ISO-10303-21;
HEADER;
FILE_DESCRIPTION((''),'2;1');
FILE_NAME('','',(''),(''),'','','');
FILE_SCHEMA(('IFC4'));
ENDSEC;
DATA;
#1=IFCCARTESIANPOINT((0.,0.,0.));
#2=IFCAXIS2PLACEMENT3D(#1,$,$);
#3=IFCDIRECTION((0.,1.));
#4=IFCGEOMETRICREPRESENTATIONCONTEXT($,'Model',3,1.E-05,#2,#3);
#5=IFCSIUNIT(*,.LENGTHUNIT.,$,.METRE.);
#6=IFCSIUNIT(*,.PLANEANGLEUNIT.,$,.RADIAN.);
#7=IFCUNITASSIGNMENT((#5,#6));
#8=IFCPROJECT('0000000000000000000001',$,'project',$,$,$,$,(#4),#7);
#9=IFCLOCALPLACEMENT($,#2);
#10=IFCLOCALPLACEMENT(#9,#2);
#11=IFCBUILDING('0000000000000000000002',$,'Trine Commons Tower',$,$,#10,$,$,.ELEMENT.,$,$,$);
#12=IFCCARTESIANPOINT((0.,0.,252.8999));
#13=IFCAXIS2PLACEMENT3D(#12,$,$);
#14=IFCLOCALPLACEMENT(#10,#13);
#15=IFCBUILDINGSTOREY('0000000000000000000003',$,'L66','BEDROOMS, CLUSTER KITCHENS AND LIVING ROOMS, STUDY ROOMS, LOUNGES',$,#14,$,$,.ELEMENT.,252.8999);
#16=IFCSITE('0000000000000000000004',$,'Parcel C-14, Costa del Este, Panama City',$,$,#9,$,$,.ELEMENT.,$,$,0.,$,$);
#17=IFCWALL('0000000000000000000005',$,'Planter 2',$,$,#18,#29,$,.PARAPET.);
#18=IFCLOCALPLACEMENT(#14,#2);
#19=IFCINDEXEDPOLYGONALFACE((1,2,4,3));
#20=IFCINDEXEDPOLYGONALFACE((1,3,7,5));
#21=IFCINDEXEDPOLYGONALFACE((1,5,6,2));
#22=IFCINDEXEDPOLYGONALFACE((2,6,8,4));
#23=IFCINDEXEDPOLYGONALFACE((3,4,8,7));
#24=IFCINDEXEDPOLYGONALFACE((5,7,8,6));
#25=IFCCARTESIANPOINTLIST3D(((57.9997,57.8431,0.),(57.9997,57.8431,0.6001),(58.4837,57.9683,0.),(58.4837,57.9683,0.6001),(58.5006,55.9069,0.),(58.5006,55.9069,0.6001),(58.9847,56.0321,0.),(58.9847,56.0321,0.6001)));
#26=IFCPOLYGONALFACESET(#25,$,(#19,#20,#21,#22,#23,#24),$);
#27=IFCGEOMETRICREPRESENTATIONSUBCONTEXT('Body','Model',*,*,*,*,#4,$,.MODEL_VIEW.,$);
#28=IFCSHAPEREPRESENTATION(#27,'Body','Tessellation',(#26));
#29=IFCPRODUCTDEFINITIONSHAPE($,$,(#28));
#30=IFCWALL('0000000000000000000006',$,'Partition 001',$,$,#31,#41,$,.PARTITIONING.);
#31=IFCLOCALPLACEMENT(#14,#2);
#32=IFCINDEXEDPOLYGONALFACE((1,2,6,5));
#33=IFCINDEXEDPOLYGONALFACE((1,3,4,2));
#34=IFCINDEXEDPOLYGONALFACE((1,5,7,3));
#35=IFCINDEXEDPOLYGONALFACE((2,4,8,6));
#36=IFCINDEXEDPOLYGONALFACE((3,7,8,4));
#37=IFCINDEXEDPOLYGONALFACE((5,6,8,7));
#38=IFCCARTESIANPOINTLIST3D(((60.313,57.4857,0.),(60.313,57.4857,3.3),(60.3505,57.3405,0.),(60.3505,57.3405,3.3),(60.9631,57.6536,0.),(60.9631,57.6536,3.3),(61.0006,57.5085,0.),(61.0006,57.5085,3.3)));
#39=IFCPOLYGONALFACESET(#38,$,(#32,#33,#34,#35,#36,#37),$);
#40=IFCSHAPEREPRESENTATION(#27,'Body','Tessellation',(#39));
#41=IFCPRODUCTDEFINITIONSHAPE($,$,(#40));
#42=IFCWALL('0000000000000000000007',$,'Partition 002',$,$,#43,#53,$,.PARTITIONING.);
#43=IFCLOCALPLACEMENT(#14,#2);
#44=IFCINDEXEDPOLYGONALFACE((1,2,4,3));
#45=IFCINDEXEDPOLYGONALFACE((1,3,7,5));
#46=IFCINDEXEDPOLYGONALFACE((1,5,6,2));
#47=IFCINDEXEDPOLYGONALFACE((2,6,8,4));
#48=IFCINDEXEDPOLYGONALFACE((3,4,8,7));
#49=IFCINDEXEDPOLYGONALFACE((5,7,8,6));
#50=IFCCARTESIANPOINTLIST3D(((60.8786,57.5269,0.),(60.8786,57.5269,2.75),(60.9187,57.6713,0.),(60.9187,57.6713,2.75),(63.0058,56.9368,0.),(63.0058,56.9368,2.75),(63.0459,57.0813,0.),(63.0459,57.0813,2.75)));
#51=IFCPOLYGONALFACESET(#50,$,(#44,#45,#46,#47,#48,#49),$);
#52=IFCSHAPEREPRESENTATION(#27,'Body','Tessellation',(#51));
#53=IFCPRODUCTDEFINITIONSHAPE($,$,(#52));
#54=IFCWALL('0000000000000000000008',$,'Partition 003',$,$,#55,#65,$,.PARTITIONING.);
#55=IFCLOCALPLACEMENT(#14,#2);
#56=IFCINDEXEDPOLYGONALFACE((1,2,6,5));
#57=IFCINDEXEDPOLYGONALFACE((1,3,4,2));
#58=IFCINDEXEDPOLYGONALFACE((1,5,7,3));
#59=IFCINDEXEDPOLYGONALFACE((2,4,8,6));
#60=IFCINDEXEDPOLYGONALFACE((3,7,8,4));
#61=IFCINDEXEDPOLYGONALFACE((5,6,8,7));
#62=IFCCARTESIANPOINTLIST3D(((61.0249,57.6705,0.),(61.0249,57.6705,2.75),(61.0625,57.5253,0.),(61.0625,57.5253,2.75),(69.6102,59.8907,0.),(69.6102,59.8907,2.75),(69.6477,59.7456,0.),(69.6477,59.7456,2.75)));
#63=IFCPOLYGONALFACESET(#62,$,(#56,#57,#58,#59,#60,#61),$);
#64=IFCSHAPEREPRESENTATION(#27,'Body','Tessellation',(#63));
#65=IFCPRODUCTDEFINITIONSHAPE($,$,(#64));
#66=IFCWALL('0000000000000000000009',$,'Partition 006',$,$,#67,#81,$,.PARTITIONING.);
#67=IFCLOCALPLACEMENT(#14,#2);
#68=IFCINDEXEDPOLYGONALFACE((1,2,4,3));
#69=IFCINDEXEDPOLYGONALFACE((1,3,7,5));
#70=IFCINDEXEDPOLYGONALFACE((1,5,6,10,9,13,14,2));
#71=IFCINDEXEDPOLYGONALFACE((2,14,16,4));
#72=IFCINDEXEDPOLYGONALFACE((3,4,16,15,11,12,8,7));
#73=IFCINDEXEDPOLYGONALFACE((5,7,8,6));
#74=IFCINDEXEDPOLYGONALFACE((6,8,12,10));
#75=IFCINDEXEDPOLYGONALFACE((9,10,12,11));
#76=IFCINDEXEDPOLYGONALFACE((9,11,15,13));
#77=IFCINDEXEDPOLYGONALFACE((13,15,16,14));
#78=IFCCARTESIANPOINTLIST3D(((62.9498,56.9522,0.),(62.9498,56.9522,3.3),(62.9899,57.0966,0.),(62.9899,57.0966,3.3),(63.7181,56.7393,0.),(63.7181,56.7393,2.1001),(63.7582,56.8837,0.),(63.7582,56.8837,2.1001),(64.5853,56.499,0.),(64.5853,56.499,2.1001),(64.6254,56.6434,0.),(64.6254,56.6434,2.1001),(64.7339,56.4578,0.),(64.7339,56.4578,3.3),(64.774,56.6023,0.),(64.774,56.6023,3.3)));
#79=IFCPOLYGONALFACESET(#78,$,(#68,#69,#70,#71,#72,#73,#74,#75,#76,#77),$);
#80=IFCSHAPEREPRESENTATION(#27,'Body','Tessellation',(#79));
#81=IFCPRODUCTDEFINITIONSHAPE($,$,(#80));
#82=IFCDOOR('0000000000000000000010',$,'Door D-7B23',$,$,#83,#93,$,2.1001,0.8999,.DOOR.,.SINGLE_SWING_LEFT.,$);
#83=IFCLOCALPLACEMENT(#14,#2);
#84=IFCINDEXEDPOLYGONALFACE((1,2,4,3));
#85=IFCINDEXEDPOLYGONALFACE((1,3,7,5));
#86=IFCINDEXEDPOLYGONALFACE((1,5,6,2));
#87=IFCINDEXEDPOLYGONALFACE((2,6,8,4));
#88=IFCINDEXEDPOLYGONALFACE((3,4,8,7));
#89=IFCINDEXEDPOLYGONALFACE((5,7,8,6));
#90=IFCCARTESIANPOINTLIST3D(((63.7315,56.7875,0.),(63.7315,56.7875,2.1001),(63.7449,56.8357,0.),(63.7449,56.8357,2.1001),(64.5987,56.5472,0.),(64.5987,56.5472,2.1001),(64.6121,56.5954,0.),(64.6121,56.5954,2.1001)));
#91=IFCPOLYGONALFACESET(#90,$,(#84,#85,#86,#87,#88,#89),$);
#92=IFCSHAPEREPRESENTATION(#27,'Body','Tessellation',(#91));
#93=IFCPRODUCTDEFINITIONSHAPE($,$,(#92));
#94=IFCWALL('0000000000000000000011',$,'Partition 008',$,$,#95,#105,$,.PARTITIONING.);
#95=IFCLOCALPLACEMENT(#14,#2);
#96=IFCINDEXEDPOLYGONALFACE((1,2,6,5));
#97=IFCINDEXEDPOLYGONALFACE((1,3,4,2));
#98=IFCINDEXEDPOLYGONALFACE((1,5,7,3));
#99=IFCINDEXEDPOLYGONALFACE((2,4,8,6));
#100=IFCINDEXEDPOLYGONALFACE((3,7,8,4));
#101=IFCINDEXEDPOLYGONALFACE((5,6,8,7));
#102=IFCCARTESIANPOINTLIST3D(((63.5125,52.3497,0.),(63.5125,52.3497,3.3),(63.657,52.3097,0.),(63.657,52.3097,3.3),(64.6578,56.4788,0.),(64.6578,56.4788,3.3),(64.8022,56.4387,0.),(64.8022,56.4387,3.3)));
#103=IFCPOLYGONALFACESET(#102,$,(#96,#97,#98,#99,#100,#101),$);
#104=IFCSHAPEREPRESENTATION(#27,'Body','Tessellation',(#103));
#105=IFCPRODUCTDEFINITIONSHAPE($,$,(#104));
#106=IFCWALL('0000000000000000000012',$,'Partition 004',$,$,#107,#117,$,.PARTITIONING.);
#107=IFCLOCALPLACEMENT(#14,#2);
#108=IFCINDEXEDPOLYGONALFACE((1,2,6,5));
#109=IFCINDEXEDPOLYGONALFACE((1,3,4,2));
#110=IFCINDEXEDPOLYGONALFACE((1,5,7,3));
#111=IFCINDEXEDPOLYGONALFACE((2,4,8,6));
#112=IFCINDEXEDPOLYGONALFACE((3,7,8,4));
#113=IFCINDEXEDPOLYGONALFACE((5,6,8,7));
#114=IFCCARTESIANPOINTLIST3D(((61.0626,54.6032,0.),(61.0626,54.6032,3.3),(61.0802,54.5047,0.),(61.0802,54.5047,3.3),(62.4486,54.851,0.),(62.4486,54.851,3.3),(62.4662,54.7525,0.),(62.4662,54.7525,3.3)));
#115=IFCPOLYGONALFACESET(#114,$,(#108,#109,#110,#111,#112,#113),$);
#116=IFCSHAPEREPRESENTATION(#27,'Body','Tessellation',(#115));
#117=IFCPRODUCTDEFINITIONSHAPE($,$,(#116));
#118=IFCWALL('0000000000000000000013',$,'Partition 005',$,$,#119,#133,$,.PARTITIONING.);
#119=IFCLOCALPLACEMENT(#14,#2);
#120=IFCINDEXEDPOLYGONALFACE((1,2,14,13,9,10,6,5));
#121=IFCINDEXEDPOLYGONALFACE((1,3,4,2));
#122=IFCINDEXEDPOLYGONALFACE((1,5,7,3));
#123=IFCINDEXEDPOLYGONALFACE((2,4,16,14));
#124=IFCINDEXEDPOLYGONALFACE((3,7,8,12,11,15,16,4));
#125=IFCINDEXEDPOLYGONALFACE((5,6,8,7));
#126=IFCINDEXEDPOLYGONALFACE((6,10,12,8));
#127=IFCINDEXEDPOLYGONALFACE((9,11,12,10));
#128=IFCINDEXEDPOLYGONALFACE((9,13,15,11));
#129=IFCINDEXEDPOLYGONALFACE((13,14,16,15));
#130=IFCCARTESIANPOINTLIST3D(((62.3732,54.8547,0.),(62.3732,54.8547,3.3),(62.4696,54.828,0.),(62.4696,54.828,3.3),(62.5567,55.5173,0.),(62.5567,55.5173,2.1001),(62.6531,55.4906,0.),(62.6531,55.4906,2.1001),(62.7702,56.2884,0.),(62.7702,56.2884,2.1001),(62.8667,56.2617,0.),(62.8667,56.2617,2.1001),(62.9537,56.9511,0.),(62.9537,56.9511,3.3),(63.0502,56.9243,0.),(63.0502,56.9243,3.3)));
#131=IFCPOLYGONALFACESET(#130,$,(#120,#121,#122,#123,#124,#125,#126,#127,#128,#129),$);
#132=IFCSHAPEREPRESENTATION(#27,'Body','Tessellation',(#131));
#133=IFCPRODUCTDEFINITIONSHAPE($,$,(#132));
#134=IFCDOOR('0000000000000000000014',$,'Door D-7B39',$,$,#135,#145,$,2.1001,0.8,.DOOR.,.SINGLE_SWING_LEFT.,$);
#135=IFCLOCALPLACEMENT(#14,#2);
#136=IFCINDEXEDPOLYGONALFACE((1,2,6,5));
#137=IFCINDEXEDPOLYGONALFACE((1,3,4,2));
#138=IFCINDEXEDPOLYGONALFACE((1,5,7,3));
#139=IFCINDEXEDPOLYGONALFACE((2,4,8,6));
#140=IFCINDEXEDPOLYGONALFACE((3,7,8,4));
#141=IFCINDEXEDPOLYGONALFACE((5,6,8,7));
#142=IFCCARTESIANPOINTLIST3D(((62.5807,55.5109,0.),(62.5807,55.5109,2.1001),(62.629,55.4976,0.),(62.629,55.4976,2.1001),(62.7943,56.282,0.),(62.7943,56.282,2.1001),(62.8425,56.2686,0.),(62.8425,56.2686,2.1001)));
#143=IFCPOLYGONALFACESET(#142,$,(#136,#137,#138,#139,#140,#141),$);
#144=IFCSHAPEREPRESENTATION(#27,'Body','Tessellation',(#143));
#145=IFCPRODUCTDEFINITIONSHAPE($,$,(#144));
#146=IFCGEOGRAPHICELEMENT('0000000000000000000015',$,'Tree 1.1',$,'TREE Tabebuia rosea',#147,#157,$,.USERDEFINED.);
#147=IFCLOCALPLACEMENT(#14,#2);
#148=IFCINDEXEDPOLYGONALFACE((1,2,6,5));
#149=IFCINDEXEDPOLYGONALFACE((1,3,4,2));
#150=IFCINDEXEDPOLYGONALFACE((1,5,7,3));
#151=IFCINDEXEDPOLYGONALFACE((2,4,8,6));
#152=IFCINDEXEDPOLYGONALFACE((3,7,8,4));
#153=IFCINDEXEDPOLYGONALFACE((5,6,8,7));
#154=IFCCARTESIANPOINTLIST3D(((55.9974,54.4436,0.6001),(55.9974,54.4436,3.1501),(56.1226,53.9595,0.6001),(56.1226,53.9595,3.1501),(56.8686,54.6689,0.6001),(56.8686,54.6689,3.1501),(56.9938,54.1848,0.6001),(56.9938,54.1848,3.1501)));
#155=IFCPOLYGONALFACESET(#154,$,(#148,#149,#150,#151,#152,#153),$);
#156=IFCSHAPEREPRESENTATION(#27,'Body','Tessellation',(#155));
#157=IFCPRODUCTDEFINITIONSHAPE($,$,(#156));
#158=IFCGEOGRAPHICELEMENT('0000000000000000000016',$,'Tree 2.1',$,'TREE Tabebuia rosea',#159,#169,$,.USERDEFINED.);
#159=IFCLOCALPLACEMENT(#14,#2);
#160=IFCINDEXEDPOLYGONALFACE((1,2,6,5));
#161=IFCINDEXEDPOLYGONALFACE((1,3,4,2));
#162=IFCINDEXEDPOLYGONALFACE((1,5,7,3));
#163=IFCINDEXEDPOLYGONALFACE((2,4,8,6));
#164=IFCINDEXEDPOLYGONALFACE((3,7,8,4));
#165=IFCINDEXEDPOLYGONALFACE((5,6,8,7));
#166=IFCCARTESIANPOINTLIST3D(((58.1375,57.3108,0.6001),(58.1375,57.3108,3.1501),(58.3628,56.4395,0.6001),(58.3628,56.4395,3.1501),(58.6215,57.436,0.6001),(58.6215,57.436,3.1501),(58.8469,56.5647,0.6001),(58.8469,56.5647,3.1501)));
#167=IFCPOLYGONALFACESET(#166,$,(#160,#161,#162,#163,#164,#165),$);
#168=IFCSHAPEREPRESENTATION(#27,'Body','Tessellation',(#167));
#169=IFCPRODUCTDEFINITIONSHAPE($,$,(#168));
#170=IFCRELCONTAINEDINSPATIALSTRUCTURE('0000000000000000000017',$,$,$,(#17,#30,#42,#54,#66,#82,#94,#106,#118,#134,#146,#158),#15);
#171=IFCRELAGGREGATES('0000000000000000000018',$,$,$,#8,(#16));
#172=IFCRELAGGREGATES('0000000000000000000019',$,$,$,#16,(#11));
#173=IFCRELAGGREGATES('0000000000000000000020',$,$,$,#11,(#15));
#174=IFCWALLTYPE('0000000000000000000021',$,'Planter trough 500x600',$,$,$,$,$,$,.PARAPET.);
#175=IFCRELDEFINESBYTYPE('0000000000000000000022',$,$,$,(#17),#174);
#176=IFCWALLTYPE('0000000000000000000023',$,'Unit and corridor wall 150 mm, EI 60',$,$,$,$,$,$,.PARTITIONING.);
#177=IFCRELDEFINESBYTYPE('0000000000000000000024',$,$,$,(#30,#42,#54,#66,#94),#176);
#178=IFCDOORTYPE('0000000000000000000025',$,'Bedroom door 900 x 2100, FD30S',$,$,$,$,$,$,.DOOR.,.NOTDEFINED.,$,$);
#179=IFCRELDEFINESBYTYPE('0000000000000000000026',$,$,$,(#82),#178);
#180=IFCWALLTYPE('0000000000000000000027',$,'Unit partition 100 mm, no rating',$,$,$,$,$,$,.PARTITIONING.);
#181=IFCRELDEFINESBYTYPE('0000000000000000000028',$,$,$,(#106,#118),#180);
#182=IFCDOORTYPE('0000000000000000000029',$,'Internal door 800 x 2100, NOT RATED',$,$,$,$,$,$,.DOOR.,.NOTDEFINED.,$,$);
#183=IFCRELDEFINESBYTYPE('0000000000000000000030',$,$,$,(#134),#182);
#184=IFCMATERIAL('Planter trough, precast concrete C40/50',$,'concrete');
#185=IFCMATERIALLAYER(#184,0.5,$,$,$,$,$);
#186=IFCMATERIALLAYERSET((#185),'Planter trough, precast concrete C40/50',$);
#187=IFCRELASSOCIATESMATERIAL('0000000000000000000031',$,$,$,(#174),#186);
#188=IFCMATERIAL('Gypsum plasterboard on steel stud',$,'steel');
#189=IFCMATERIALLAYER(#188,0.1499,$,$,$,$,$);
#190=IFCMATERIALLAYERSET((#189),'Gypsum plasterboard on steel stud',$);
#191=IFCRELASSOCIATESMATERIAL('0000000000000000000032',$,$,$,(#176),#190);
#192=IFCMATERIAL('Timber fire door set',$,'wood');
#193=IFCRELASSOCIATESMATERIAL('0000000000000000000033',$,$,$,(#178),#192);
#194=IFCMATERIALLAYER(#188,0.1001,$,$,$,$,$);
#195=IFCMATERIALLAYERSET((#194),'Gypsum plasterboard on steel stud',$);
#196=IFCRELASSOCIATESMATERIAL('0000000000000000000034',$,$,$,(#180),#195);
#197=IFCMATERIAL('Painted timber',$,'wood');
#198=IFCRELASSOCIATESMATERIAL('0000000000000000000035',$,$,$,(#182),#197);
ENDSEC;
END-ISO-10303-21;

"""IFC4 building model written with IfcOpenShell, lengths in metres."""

from ifc_helpers import new_model, si_unit, direction, frame, frame_2d, origin, origin_2d, place, context, subcontext, project, spatial, rectangle, extrude, material, layer, layer_set, type_object, element, fill, save


model = new_model("IFC4")

# Units and contexts
model_context = context("Model", 3, precision=1e-05, world=origin(), true_north=direction((0.0, 1.0)))
body_context = subcontext(model_context, "Body", "Model", "MODEL_VIEW")
ifc_project = project(units=[si_unit("LENGTHUNIT", "METRE"), si_unit("PLANEANGLEUNIT", "RADIAN")], contexts=[model_context])

# Site, building, storey
site_placement = place(None, origin())
site = spatial("IfcSite", under=ifc_project, at=site_placement, Name="Parcel C-14, Costa del Este, Panama City", CompositionType="ELEMENT", RefElevation=0.0)
building_placement = place(site_placement, origin())
building = spatial("IfcBuilding", under=site, at=building_placement, Name="Trine Commons Tower", CompositionType="ELEMENT")
storey_placement = place(building_placement, frame((0.0, 0.0, 252.8999)))
storey = spatial("IfcBuildingStorey", under=building, at=storey_placement, Name="L66", Description="BEDROOMS, CLUSTER KITCHENS AND LIVING ROOMS, STUDY ROOMS, LOUNGES", CompositionType="ELEMENT", Elevation=252.8999)

# Walls
ifc_material_1 = material(Name="Planter trough, precast concrete C40/50", Category="concrete")
ifc_layer_1 = layer(ifc_material_1, 0.5)
ifc_layer_set_1 = layer_set([ifc_layer_1], Name="Planter trough, precast concrete C40/50")
wall_type_1 = type_object("IfcWallType", Name="Planter trough 500x600", PredefinedType="PARAPET", material=ifc_layer_set_1)
wall_1_placement = place(storey_placement, frame((58.7427, 55.9695, 0.0), z_axis=(0.0, 0.0, 1.0), x_axis=(-0.250483, 0.968121, 0.0)))
element("IfcWall", 1, at=wall_1_placement, inside=storey, type_object=wall_type_1, Name="Planter 2", PredefinedType="PARAPET", context=body_context, shape_type="SweptSolid", body=[
    extrude(rectangle(XDim=2.0, YDim=0.5, at=frame_2d((1.0, 0.0))), origin(), (0.0, 0.0, 1.0), 0.6001),
])
ifc_material_2 = material(Name="Gypsum plasterboard on steel stud", Category="steel")
ifc_layer_2 = layer(ifc_material_2, 0.1499)
ifc_layer_set_2 = layer_set([ifc_layer_2], Name="Gypsum plasterboard on steel stud")
wall_type_2 = type_object("IfcWallType", Name="Unit and corridor wall 150 mm, EI 60", PredefinedType="PARTITIONING", material=ifc_layer_set_2)
wall_2_placement = place(storey_placement, frame((60.3318, 57.4131, 0.0), z_axis=(0.0, 0.0, 1.0), x_axis=(0.968209, 0.250142, 0.0)))
element("IfcWall", 2, at=wall_2_placement, inside=storey, type_object=wall_type_2, Name="Partition 001", PredefinedType="PARTITIONING", context=body_context, shape_type="SweptSolid", body=[
    extrude(rectangle(XDim=0.6714, YDim=0.1499, at=frame_2d((0.3357, 0.0))), origin(), (0.0, 0.0, 1.0), 3.3),
])
wall_3_placement = place(storey_placement, frame((60.8987, 57.5991, 0.0), z_axis=(0.0, 0.0, 1.0), x_axis=(0.963611, -0.267307, 0.0)))
element("IfcWall", 3, at=wall_3_placement, inside=storey, type_object=wall_type_2, Name="Partition 002", PredefinedType="PARTITIONING", context=body_context, shape_type="SweptSolid", body=[
    extrude(rectangle(XDim=2.2075, YDim=0.1499, at=frame_2d((1.1038, 0.0))), origin(), (0.0, 0.0, 1.0), 2.75),
])
wall_4_placement = place(storey_placement, frame((61.0437, 57.5979, 0.0), z_axis=(0.0, 0.0, 1.0), x_axis=(0.96815, 0.250373, 0.0)))
element("IfcWall", 4, at=wall_4_placement, inside=storey, type_object=wall_type_2, Name="Partition 003", PredefinedType="PARTITIONING", context=body_context, shape_type="SweptSolid", body=[
    extrude(rectangle(XDim=8.8677, YDim=0.1499, at=frame_2d((4.4338, 0.0))), origin(), (0.0, 0.0, 1.0), 2.75),
])

# Wall, opening, door
wall_5_placement = place(storey_placement, frame((62.9697, 57.0244, 0.0), z_axis=(0.0, 0.0, 1.0), x_axis=(0.963688, -0.267032, 0.0)))
wall_5 = element("IfcWall", 5, at=wall_5_placement, inside=storey, type_object=wall_type_2, Name="Partition 006", PredefinedType="PARTITIONING", context=body_context, shape_type="SweptSolid", body=[
    extrude(rectangle(XDim=1.8513, YDim=0.1499, at=frame_2d((0.9258, 0.0))), origin(), (0.0, 0.0, 1.0), 3.3),
])
opening_1_placement = place(wall_5_placement, frame((0.7974, 0.0, 0.0)))
opening_1 = element("IfcOpeningElement", 6, at=opening_1_placement, cuts=wall_5, PredefinedType="OPENING", context=body_context, shape_type="SweptSolid", body=[
    extrude(rectangle(XDim=0.8999, YDim=2.1001, at=frame_2d((0.45, 1.05))), frame((0.0, 0.085, 0.0), z_axis=(0.0, -1.0, 0.0), x_axis=(1.0, 0.0, 0.0)), (0.0, 0.0, 1.0), 0.1699),
])
ifc_material_3 = material(Name="Timber fire door set", Category="wood")
door_type_1 = type_object("IfcDoorType", Name="Bedroom door 900 x 2100, FD30S", OperationType="NOTDEFINED", PredefinedType="DOOR", material=ifc_material_3)
door_1_placement = place(opening_1_placement, frame((0.8999, 0.0, 0.0), z_axis=(0.0, 0.0, 1.0), x_axis=(-1.0, 0.0, 0.0)))
door_1 = element("IfcDoor", 7, at=door_1_placement, inside=storey, type_object=door_type_1, Name="Door D-7B23", OperationType="SINGLE_SWING_LEFT", OverallHeight=2.1001, OverallWidth=0.8999, PredefinedType="DOOR", context=body_context, shape_type="SweptSolid", body=[
    extrude(rectangle(XDim=0.8999, YDim=2.1001, at=frame_2d((0.45, 1.05))), frame((0.0, 0.0249, 0.0), z_axis=(0.0, -1.0, 0.0), x_axis=(1.0, 0.0, 0.0)), (0.0, 0.0, 1.0), 0.05),
])
fill(opening_1, door_1)

# Walls
wall_6_placement = place(storey_placement, frame((63.5847, 52.3296, 0.0), z_axis=(0.0, 0.0, 1.0), x_axis=(0.267271, 0.963622, 0.0)))
element("IfcWall", 8, at=wall_6_placement, inside=storey, type_object=wall_type_2, Name="Partition 008", PredefinedType="PARTITIONING", context=body_context, shape_type="SweptSolid", body=[
    extrude(rectangle(XDim=4.2849, YDim=0.1499, at=frame_2d((2.1426, 0.0))), origin(), (0.0, 0.0, 1.0), 3.3),
])
ifc_layer_3 = layer(ifc_material_2, 0.1001)
ifc_layer_set_3 = layer_set([ifc_layer_3], Name="Gypsum plasterboard on steel stud")
wall_type_3 = type_object("IfcWallType", Name="Unit partition 100 mm, no rating", PredefinedType="PARTITIONING", material=ifc_layer_set_3)
wall_7_placement = place(storey_placement, frame((61.0713, 54.554, 0.0), z_axis=(0.0, 0.0, 1.0), x_axis=(0.98439, 0.176001, 0.0)))
element("IfcWall", 9, at=wall_7_placement, inside=storey, type_object=wall_type_3, Name="Partition 004", PredefinedType="PARTITIONING", context=body_context, shape_type="SweptSolid", body=[
    extrude(rectangle(XDim=1.408, YDim=0.1001, at=frame_2d((0.7041, 0.0))), origin(), (0.0, 0.0, 1.0), 3.3),
])

# Wall, opening, door
wall_8_placement = place(storey_placement, frame((62.4214, 54.8413, 0.0), z_axis=(0.0, 0.0, 1.0), x_axis=(0.266885, 0.963728, 0.0)))
wall_8 = element("IfcWall", 10, at=wall_8_placement, inside=storey, type_object=wall_type_3, Name="Partition 005", PredefinedType="PARTITIONING", context=body_context, shape_type="SweptSolid", body=[
    extrude(rectangle(XDim=2.1753, YDim=0.1001, at=frame_2d((1.0876, 0.0))), origin(), (0.0, 0.0, 1.0), 3.3),
])
opening_2_placement = place(wall_8_placement, frame((0.6877, 0.0, 0.0)))
opening_2 = element("IfcOpeningElement", 11, at=opening_2_placement, cuts=wall_8, PredefinedType="OPENING", context=body_context, shape_type="SweptSolid", body=[
    extrude(rectangle(XDim=0.8, YDim=2.1001, at=frame_2d((0.3999, 1.05))), frame((0.0, 0.0601, 0.0), z_axis=(0.0, -1.0, 0.0), x_axis=(1.0, 0.0, 0.0)), (0.0, 0.0, 1.0), 0.1201),
])
ifc_material_4 = material(Name="Painted timber", Category="wood")
door_type_2 = type_object("IfcDoorType", Name="Internal door 800 x 2100, NOT RATED", OperationType="NOTDEFINED", PredefinedType="DOOR", material=ifc_material_4)
door_2_placement = place(opening_2_placement, frame((0.8, 0.0, 0.0), z_axis=(0.0, 0.0, 1.0), x_axis=(-1.0, 0.0, 0.0)))
door_2 = element("IfcDoor", 12, at=door_2_placement, inside=storey, type_object=door_type_2, Name="Door D-7B39", OperationType="SINGLE_SWING_LEFT", OverallHeight=2.1001, OverallWidth=0.8, PredefinedType="DOOR", context=body_context, shape_type="SweptSolid", body=[
    extrude(rectangle(XDim=0.8, YDim=2.1001, at=frame_2d((0.3999, 1.05))), frame((0.0, 0.0249, 0.0), z_axis=(0.0, -1.0, 0.0), x_axis=(1.0, 0.0, 0.0)), (0.0, 0.0, 1.0), 0.05),
])
fill(opening_2, door_2)

# Geographic elements
for number, where, z_axis, x_axis, name in (
    (13, (56.4956, 54.3142, 0.6001), (0.0, 0.0, 1.0), (0.968152, 0.250363, 0.0), "Tree 1.1"),
    (14, (58.4922, 56.9377, 0.6001), (0.0, 0.0, 1.0), (-0.25041, 0.96814, 0.0), "Tree 2.1"),
):
    element("IfcGeographicElement", number, at=place(storey_placement, frame(where, z_axis=z_axis, x_axis=x_axis)), inside=storey, Name=name, ObjectType="TREE Tabebuia rosea", PredefinedType="USERDEFINED", context=body_context, shape_type="SweptSolid", body=[
        extrude(rectangle(XDim=0.8999, YDim=0.5, at=origin_2d()), origin(), (0.0, 0.0, 1.0), 2.55),
    ])

save(model, "model.ifc")
